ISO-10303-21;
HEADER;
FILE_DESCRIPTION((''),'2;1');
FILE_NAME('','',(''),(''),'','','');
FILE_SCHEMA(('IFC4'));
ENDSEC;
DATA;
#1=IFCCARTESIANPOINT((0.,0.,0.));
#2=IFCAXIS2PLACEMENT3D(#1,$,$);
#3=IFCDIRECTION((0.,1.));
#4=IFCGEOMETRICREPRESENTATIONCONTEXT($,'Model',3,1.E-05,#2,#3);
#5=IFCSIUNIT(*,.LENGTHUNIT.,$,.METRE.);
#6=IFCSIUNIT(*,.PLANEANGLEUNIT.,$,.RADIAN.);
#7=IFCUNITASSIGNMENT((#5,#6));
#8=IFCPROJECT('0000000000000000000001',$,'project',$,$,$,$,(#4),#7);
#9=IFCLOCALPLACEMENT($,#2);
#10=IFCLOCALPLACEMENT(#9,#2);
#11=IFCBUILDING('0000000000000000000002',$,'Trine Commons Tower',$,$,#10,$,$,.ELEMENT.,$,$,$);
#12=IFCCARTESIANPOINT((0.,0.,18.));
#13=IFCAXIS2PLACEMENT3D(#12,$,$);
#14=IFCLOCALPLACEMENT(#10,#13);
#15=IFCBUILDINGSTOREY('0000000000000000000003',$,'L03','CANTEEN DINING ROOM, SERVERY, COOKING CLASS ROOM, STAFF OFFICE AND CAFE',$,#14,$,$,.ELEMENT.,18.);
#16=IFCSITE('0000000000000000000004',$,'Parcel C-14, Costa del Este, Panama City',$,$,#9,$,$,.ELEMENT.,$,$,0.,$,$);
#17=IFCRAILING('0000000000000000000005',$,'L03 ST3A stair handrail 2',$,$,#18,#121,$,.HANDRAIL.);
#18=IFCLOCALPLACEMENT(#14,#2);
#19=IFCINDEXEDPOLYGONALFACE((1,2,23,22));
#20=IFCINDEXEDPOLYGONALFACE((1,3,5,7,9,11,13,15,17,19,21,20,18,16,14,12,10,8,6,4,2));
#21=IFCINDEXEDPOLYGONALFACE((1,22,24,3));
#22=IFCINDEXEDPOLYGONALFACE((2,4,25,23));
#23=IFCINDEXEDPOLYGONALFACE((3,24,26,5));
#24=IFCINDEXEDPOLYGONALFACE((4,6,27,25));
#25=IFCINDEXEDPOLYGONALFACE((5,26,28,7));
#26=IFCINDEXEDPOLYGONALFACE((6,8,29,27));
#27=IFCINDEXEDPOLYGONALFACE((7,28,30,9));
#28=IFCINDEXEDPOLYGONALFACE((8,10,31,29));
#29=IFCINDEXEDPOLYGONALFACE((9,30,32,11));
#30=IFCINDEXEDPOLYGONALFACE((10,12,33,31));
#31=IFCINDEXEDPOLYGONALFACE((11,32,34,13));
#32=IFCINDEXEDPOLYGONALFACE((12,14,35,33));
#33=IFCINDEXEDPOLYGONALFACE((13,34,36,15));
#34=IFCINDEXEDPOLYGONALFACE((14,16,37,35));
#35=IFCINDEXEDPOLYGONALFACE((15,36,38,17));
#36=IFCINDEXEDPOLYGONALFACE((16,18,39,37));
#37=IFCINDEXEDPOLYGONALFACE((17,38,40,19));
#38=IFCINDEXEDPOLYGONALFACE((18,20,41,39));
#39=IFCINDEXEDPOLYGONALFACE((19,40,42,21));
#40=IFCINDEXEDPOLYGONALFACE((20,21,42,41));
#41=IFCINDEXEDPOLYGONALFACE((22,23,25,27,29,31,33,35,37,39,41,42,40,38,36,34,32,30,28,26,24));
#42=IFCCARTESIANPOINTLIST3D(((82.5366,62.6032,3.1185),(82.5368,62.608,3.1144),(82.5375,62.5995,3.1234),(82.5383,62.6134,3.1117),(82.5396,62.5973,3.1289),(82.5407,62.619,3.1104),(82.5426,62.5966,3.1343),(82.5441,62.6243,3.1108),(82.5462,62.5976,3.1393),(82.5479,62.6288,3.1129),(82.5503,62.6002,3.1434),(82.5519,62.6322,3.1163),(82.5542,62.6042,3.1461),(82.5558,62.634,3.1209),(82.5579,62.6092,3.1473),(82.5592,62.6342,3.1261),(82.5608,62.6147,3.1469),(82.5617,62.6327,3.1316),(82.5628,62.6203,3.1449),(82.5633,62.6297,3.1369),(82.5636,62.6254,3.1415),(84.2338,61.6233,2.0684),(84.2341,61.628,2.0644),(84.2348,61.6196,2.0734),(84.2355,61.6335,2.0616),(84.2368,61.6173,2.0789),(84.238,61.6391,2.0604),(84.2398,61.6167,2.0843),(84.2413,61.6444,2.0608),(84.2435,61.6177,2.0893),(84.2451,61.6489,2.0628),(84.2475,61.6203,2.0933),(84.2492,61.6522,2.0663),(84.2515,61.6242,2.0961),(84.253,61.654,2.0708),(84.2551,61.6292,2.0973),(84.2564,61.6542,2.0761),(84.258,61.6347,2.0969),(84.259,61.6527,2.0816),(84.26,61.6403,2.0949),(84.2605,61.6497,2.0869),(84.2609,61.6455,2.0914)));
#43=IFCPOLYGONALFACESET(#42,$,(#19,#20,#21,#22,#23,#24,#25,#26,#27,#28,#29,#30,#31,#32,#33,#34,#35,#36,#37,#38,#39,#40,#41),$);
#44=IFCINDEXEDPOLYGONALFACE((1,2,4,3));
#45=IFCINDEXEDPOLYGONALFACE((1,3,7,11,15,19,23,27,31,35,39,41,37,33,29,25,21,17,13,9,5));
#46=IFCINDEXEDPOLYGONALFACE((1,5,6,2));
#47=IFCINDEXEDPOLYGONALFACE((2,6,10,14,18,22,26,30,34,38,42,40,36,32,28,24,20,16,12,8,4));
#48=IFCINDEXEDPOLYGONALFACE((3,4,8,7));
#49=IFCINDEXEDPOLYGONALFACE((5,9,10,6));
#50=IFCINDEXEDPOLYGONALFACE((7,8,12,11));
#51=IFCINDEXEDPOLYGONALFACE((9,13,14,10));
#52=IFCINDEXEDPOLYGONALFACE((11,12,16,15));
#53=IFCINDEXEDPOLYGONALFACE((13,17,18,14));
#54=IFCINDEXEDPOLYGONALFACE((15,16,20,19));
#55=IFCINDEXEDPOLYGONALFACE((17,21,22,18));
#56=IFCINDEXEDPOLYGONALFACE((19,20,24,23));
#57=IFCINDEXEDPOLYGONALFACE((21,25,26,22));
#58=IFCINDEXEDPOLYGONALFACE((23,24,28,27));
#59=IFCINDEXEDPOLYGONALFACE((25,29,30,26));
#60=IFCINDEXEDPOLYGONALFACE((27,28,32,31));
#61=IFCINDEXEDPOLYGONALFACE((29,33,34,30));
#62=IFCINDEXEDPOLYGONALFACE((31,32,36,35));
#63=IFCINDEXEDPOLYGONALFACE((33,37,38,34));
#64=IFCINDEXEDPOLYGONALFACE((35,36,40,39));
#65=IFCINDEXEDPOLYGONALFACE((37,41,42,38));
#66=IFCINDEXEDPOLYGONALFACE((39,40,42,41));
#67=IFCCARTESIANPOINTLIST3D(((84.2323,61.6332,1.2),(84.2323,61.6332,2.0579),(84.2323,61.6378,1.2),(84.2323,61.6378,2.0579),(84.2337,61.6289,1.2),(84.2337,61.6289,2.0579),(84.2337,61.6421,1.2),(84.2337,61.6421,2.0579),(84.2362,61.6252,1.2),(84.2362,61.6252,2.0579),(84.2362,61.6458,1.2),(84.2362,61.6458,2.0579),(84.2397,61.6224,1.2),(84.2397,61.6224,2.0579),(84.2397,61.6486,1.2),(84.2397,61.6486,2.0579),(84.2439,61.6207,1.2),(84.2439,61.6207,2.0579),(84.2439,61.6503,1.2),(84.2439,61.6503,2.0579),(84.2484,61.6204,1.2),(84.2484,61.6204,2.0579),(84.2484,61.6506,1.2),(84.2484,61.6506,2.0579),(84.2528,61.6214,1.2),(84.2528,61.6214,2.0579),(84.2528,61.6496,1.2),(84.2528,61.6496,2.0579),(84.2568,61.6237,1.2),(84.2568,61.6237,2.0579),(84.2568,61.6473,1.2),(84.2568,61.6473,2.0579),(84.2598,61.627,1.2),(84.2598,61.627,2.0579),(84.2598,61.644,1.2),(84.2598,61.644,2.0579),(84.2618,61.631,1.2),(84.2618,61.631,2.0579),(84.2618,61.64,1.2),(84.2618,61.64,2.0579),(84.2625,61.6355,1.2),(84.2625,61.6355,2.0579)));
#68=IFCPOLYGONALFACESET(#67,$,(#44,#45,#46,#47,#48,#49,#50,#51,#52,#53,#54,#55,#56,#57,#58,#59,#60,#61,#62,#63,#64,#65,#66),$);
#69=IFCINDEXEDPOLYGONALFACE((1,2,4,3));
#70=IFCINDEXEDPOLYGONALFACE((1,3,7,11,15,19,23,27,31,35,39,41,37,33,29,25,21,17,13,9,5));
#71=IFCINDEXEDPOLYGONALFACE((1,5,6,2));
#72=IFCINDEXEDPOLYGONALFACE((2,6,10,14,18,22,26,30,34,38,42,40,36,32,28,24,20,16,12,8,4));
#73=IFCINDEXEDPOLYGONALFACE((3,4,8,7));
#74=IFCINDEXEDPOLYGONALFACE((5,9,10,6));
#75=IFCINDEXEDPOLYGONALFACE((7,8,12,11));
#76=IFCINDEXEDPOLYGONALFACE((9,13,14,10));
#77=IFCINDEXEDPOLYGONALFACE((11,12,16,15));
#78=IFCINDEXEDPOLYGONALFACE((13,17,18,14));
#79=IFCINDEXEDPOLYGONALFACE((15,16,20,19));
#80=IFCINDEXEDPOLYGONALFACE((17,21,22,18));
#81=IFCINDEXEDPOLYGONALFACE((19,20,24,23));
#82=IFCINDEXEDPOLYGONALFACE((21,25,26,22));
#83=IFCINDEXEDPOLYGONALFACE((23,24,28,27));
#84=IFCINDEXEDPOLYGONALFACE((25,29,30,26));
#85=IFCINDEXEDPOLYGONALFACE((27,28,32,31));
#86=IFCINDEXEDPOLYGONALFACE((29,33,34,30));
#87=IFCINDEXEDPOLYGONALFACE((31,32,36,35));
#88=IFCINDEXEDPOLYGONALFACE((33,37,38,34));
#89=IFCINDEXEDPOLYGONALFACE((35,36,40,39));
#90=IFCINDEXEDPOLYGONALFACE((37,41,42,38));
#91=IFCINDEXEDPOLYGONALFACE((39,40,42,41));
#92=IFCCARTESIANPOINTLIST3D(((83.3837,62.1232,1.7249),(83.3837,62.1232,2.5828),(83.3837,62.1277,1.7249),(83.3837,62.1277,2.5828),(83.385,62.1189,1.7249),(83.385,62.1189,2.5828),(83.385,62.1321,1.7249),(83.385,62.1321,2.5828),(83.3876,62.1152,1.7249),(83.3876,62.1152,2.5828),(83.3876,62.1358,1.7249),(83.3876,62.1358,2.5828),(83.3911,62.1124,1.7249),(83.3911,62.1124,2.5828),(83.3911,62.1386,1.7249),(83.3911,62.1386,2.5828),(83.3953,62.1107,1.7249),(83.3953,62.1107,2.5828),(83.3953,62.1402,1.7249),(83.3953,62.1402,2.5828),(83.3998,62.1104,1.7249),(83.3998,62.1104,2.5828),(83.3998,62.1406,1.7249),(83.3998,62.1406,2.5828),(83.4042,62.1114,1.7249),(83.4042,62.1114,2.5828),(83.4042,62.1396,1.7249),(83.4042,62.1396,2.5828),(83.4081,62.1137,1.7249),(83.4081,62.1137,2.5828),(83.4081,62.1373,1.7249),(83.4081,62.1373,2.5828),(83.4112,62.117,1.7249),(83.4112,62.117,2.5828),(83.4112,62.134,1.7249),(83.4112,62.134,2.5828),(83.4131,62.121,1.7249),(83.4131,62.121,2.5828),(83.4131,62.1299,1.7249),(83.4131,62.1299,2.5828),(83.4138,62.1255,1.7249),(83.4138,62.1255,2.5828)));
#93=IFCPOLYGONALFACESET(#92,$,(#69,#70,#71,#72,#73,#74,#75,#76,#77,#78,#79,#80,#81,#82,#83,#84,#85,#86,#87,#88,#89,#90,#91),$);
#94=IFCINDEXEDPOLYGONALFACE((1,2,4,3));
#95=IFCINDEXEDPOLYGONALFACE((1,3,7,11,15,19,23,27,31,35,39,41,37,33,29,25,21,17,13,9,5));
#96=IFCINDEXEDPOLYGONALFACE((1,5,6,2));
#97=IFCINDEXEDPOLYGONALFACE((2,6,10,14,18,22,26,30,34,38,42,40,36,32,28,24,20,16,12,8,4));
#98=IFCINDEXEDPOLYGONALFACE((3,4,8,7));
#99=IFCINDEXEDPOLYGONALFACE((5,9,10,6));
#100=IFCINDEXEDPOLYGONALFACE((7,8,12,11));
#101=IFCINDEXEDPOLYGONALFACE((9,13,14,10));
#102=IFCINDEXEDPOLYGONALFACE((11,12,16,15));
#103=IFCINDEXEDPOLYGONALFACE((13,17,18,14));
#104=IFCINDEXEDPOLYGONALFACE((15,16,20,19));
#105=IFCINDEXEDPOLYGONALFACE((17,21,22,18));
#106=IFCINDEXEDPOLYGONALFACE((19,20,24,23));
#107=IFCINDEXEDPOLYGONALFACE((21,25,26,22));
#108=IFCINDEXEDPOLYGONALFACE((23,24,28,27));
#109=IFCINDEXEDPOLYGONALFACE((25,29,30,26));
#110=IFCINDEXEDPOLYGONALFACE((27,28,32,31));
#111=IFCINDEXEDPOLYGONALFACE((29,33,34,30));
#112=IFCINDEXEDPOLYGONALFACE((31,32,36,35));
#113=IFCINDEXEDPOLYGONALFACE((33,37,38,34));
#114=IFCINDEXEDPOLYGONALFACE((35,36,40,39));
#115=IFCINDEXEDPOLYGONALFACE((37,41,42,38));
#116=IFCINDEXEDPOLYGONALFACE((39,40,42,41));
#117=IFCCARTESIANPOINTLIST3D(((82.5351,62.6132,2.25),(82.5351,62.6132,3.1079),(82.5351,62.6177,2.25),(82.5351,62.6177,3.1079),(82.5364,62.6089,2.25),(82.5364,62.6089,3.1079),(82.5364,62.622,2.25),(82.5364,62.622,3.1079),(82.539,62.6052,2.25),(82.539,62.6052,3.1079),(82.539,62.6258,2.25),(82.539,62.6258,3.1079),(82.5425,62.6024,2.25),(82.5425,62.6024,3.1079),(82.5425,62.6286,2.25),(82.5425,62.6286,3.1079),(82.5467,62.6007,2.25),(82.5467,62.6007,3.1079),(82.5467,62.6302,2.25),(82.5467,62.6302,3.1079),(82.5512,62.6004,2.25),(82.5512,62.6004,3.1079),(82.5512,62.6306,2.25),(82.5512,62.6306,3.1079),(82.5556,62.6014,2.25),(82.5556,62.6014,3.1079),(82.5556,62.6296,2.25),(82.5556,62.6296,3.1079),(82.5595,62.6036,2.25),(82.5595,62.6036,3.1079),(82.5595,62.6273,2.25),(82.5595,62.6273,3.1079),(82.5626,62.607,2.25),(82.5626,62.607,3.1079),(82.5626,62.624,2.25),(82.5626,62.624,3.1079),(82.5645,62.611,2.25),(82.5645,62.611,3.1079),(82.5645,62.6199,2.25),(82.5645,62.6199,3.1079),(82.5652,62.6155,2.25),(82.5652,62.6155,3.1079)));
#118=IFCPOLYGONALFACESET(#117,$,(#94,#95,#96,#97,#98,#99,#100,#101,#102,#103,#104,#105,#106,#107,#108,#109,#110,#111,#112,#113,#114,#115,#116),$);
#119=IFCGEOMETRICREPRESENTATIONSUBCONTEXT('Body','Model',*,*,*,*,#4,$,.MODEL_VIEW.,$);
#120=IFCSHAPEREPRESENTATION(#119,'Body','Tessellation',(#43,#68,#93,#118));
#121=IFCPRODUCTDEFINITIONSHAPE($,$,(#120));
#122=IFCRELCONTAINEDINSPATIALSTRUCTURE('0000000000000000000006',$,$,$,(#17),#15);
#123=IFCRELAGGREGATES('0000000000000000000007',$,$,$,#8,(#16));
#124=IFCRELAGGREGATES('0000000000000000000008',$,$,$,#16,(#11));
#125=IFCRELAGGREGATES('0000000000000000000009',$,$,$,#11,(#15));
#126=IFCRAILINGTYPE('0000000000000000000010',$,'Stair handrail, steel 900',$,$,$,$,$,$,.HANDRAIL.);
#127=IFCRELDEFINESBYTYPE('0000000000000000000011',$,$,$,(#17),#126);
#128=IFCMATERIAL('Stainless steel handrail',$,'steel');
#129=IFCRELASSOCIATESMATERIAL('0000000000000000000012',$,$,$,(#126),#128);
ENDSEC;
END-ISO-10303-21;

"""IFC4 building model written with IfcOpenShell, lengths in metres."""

from ifc_helpers import new_model, si_unit, direction, frame, origin, origin_2d, place, context, subcontext, project, spatial, circle, extrude, material, type_object, element, save


model = new_model("IFC4")

# Units and contexts
model_context = context("Model", 3, precision=1e-05, world=origin(), true_north=direction((0.0, 1.0)))
body_context = subcontext(model_context, "Body", "Model", "MODEL_VIEW")
ifc_project = project(units=[si_unit("LENGTHUNIT", "METRE"), si_unit("PLANEANGLEUNIT", "RADIAN")], contexts=[model_context])

# Site, building, storey
site_placement = place(None, origin())
site = spatial("IfcSite", under=ifc_project, at=site_placement, Name="Parcel C-14, Costa del Este, Panama City", CompositionType="ELEMENT", RefElevation=0.0)
building_placement = place(site_placement, origin())
building = spatial("IfcBuilding", under=site, at=building_placement, Name="Trine Commons Tower", CompositionType="ELEMENT")
storey_placement = place(building_placement, frame((0.0, 0.0, 18.0)))
storey = spatial("IfcBuildingStorey", under=building, at=storey_placement, Name="L03", Description="CANTEEN DINING ROOM, SERVERY, COOKING CLASS ROOM, STAFF OFFICE AND CAFE", CompositionType="ELEMENT", Elevation=18.0)

# Railing
ifc_material_1 = material(Name="Stainless steel handrail", Category="steel")
railing_type_1 = type_object("IfcRailingType", Name="Stair handrail, steel 900", PredefinedType="HANDRAIL", material=ifc_material_1)
railing_1_placement = place(storey_placement, frame((84.2473, 61.6355, 1.2)))
element("IfcRailing", 1, at=railing_1_placement, inside=storey, type_object=railing_type_1, Name="L03 ST3A stair handrail 2", PredefinedType="HANDRAIL", context=body_context, shape_type="SweptSolid", body=[
    extrude(circle(Radius=0.021, at=origin_2d()), frame((0.0, 0.0, 0.8789), z_axis=(-0.763352, 0.44075, 0.472264), x_axis=(-0.500024, -0.866011, 0.0)), (0.0, 0.0, 1.0), 2.2234),
    extrude(circle(Radius=0.0151, at=origin_2d()), origin(), (0.0, 0.0, 1.0), 0.8579),
    extrude(circle(Radius=0.0151, at=origin_2d()), frame((-0.8486, 0.49, 0.5249)), (0.0, 0.0, 1.0), 0.8579),
    extrude(circle(Radius=0.0151, at=origin_2d()), frame((-1.6973, 0.98, 1.05)), (0.0, 0.0, 1.0), 0.8579),
])

save(model, "model.ifc")
